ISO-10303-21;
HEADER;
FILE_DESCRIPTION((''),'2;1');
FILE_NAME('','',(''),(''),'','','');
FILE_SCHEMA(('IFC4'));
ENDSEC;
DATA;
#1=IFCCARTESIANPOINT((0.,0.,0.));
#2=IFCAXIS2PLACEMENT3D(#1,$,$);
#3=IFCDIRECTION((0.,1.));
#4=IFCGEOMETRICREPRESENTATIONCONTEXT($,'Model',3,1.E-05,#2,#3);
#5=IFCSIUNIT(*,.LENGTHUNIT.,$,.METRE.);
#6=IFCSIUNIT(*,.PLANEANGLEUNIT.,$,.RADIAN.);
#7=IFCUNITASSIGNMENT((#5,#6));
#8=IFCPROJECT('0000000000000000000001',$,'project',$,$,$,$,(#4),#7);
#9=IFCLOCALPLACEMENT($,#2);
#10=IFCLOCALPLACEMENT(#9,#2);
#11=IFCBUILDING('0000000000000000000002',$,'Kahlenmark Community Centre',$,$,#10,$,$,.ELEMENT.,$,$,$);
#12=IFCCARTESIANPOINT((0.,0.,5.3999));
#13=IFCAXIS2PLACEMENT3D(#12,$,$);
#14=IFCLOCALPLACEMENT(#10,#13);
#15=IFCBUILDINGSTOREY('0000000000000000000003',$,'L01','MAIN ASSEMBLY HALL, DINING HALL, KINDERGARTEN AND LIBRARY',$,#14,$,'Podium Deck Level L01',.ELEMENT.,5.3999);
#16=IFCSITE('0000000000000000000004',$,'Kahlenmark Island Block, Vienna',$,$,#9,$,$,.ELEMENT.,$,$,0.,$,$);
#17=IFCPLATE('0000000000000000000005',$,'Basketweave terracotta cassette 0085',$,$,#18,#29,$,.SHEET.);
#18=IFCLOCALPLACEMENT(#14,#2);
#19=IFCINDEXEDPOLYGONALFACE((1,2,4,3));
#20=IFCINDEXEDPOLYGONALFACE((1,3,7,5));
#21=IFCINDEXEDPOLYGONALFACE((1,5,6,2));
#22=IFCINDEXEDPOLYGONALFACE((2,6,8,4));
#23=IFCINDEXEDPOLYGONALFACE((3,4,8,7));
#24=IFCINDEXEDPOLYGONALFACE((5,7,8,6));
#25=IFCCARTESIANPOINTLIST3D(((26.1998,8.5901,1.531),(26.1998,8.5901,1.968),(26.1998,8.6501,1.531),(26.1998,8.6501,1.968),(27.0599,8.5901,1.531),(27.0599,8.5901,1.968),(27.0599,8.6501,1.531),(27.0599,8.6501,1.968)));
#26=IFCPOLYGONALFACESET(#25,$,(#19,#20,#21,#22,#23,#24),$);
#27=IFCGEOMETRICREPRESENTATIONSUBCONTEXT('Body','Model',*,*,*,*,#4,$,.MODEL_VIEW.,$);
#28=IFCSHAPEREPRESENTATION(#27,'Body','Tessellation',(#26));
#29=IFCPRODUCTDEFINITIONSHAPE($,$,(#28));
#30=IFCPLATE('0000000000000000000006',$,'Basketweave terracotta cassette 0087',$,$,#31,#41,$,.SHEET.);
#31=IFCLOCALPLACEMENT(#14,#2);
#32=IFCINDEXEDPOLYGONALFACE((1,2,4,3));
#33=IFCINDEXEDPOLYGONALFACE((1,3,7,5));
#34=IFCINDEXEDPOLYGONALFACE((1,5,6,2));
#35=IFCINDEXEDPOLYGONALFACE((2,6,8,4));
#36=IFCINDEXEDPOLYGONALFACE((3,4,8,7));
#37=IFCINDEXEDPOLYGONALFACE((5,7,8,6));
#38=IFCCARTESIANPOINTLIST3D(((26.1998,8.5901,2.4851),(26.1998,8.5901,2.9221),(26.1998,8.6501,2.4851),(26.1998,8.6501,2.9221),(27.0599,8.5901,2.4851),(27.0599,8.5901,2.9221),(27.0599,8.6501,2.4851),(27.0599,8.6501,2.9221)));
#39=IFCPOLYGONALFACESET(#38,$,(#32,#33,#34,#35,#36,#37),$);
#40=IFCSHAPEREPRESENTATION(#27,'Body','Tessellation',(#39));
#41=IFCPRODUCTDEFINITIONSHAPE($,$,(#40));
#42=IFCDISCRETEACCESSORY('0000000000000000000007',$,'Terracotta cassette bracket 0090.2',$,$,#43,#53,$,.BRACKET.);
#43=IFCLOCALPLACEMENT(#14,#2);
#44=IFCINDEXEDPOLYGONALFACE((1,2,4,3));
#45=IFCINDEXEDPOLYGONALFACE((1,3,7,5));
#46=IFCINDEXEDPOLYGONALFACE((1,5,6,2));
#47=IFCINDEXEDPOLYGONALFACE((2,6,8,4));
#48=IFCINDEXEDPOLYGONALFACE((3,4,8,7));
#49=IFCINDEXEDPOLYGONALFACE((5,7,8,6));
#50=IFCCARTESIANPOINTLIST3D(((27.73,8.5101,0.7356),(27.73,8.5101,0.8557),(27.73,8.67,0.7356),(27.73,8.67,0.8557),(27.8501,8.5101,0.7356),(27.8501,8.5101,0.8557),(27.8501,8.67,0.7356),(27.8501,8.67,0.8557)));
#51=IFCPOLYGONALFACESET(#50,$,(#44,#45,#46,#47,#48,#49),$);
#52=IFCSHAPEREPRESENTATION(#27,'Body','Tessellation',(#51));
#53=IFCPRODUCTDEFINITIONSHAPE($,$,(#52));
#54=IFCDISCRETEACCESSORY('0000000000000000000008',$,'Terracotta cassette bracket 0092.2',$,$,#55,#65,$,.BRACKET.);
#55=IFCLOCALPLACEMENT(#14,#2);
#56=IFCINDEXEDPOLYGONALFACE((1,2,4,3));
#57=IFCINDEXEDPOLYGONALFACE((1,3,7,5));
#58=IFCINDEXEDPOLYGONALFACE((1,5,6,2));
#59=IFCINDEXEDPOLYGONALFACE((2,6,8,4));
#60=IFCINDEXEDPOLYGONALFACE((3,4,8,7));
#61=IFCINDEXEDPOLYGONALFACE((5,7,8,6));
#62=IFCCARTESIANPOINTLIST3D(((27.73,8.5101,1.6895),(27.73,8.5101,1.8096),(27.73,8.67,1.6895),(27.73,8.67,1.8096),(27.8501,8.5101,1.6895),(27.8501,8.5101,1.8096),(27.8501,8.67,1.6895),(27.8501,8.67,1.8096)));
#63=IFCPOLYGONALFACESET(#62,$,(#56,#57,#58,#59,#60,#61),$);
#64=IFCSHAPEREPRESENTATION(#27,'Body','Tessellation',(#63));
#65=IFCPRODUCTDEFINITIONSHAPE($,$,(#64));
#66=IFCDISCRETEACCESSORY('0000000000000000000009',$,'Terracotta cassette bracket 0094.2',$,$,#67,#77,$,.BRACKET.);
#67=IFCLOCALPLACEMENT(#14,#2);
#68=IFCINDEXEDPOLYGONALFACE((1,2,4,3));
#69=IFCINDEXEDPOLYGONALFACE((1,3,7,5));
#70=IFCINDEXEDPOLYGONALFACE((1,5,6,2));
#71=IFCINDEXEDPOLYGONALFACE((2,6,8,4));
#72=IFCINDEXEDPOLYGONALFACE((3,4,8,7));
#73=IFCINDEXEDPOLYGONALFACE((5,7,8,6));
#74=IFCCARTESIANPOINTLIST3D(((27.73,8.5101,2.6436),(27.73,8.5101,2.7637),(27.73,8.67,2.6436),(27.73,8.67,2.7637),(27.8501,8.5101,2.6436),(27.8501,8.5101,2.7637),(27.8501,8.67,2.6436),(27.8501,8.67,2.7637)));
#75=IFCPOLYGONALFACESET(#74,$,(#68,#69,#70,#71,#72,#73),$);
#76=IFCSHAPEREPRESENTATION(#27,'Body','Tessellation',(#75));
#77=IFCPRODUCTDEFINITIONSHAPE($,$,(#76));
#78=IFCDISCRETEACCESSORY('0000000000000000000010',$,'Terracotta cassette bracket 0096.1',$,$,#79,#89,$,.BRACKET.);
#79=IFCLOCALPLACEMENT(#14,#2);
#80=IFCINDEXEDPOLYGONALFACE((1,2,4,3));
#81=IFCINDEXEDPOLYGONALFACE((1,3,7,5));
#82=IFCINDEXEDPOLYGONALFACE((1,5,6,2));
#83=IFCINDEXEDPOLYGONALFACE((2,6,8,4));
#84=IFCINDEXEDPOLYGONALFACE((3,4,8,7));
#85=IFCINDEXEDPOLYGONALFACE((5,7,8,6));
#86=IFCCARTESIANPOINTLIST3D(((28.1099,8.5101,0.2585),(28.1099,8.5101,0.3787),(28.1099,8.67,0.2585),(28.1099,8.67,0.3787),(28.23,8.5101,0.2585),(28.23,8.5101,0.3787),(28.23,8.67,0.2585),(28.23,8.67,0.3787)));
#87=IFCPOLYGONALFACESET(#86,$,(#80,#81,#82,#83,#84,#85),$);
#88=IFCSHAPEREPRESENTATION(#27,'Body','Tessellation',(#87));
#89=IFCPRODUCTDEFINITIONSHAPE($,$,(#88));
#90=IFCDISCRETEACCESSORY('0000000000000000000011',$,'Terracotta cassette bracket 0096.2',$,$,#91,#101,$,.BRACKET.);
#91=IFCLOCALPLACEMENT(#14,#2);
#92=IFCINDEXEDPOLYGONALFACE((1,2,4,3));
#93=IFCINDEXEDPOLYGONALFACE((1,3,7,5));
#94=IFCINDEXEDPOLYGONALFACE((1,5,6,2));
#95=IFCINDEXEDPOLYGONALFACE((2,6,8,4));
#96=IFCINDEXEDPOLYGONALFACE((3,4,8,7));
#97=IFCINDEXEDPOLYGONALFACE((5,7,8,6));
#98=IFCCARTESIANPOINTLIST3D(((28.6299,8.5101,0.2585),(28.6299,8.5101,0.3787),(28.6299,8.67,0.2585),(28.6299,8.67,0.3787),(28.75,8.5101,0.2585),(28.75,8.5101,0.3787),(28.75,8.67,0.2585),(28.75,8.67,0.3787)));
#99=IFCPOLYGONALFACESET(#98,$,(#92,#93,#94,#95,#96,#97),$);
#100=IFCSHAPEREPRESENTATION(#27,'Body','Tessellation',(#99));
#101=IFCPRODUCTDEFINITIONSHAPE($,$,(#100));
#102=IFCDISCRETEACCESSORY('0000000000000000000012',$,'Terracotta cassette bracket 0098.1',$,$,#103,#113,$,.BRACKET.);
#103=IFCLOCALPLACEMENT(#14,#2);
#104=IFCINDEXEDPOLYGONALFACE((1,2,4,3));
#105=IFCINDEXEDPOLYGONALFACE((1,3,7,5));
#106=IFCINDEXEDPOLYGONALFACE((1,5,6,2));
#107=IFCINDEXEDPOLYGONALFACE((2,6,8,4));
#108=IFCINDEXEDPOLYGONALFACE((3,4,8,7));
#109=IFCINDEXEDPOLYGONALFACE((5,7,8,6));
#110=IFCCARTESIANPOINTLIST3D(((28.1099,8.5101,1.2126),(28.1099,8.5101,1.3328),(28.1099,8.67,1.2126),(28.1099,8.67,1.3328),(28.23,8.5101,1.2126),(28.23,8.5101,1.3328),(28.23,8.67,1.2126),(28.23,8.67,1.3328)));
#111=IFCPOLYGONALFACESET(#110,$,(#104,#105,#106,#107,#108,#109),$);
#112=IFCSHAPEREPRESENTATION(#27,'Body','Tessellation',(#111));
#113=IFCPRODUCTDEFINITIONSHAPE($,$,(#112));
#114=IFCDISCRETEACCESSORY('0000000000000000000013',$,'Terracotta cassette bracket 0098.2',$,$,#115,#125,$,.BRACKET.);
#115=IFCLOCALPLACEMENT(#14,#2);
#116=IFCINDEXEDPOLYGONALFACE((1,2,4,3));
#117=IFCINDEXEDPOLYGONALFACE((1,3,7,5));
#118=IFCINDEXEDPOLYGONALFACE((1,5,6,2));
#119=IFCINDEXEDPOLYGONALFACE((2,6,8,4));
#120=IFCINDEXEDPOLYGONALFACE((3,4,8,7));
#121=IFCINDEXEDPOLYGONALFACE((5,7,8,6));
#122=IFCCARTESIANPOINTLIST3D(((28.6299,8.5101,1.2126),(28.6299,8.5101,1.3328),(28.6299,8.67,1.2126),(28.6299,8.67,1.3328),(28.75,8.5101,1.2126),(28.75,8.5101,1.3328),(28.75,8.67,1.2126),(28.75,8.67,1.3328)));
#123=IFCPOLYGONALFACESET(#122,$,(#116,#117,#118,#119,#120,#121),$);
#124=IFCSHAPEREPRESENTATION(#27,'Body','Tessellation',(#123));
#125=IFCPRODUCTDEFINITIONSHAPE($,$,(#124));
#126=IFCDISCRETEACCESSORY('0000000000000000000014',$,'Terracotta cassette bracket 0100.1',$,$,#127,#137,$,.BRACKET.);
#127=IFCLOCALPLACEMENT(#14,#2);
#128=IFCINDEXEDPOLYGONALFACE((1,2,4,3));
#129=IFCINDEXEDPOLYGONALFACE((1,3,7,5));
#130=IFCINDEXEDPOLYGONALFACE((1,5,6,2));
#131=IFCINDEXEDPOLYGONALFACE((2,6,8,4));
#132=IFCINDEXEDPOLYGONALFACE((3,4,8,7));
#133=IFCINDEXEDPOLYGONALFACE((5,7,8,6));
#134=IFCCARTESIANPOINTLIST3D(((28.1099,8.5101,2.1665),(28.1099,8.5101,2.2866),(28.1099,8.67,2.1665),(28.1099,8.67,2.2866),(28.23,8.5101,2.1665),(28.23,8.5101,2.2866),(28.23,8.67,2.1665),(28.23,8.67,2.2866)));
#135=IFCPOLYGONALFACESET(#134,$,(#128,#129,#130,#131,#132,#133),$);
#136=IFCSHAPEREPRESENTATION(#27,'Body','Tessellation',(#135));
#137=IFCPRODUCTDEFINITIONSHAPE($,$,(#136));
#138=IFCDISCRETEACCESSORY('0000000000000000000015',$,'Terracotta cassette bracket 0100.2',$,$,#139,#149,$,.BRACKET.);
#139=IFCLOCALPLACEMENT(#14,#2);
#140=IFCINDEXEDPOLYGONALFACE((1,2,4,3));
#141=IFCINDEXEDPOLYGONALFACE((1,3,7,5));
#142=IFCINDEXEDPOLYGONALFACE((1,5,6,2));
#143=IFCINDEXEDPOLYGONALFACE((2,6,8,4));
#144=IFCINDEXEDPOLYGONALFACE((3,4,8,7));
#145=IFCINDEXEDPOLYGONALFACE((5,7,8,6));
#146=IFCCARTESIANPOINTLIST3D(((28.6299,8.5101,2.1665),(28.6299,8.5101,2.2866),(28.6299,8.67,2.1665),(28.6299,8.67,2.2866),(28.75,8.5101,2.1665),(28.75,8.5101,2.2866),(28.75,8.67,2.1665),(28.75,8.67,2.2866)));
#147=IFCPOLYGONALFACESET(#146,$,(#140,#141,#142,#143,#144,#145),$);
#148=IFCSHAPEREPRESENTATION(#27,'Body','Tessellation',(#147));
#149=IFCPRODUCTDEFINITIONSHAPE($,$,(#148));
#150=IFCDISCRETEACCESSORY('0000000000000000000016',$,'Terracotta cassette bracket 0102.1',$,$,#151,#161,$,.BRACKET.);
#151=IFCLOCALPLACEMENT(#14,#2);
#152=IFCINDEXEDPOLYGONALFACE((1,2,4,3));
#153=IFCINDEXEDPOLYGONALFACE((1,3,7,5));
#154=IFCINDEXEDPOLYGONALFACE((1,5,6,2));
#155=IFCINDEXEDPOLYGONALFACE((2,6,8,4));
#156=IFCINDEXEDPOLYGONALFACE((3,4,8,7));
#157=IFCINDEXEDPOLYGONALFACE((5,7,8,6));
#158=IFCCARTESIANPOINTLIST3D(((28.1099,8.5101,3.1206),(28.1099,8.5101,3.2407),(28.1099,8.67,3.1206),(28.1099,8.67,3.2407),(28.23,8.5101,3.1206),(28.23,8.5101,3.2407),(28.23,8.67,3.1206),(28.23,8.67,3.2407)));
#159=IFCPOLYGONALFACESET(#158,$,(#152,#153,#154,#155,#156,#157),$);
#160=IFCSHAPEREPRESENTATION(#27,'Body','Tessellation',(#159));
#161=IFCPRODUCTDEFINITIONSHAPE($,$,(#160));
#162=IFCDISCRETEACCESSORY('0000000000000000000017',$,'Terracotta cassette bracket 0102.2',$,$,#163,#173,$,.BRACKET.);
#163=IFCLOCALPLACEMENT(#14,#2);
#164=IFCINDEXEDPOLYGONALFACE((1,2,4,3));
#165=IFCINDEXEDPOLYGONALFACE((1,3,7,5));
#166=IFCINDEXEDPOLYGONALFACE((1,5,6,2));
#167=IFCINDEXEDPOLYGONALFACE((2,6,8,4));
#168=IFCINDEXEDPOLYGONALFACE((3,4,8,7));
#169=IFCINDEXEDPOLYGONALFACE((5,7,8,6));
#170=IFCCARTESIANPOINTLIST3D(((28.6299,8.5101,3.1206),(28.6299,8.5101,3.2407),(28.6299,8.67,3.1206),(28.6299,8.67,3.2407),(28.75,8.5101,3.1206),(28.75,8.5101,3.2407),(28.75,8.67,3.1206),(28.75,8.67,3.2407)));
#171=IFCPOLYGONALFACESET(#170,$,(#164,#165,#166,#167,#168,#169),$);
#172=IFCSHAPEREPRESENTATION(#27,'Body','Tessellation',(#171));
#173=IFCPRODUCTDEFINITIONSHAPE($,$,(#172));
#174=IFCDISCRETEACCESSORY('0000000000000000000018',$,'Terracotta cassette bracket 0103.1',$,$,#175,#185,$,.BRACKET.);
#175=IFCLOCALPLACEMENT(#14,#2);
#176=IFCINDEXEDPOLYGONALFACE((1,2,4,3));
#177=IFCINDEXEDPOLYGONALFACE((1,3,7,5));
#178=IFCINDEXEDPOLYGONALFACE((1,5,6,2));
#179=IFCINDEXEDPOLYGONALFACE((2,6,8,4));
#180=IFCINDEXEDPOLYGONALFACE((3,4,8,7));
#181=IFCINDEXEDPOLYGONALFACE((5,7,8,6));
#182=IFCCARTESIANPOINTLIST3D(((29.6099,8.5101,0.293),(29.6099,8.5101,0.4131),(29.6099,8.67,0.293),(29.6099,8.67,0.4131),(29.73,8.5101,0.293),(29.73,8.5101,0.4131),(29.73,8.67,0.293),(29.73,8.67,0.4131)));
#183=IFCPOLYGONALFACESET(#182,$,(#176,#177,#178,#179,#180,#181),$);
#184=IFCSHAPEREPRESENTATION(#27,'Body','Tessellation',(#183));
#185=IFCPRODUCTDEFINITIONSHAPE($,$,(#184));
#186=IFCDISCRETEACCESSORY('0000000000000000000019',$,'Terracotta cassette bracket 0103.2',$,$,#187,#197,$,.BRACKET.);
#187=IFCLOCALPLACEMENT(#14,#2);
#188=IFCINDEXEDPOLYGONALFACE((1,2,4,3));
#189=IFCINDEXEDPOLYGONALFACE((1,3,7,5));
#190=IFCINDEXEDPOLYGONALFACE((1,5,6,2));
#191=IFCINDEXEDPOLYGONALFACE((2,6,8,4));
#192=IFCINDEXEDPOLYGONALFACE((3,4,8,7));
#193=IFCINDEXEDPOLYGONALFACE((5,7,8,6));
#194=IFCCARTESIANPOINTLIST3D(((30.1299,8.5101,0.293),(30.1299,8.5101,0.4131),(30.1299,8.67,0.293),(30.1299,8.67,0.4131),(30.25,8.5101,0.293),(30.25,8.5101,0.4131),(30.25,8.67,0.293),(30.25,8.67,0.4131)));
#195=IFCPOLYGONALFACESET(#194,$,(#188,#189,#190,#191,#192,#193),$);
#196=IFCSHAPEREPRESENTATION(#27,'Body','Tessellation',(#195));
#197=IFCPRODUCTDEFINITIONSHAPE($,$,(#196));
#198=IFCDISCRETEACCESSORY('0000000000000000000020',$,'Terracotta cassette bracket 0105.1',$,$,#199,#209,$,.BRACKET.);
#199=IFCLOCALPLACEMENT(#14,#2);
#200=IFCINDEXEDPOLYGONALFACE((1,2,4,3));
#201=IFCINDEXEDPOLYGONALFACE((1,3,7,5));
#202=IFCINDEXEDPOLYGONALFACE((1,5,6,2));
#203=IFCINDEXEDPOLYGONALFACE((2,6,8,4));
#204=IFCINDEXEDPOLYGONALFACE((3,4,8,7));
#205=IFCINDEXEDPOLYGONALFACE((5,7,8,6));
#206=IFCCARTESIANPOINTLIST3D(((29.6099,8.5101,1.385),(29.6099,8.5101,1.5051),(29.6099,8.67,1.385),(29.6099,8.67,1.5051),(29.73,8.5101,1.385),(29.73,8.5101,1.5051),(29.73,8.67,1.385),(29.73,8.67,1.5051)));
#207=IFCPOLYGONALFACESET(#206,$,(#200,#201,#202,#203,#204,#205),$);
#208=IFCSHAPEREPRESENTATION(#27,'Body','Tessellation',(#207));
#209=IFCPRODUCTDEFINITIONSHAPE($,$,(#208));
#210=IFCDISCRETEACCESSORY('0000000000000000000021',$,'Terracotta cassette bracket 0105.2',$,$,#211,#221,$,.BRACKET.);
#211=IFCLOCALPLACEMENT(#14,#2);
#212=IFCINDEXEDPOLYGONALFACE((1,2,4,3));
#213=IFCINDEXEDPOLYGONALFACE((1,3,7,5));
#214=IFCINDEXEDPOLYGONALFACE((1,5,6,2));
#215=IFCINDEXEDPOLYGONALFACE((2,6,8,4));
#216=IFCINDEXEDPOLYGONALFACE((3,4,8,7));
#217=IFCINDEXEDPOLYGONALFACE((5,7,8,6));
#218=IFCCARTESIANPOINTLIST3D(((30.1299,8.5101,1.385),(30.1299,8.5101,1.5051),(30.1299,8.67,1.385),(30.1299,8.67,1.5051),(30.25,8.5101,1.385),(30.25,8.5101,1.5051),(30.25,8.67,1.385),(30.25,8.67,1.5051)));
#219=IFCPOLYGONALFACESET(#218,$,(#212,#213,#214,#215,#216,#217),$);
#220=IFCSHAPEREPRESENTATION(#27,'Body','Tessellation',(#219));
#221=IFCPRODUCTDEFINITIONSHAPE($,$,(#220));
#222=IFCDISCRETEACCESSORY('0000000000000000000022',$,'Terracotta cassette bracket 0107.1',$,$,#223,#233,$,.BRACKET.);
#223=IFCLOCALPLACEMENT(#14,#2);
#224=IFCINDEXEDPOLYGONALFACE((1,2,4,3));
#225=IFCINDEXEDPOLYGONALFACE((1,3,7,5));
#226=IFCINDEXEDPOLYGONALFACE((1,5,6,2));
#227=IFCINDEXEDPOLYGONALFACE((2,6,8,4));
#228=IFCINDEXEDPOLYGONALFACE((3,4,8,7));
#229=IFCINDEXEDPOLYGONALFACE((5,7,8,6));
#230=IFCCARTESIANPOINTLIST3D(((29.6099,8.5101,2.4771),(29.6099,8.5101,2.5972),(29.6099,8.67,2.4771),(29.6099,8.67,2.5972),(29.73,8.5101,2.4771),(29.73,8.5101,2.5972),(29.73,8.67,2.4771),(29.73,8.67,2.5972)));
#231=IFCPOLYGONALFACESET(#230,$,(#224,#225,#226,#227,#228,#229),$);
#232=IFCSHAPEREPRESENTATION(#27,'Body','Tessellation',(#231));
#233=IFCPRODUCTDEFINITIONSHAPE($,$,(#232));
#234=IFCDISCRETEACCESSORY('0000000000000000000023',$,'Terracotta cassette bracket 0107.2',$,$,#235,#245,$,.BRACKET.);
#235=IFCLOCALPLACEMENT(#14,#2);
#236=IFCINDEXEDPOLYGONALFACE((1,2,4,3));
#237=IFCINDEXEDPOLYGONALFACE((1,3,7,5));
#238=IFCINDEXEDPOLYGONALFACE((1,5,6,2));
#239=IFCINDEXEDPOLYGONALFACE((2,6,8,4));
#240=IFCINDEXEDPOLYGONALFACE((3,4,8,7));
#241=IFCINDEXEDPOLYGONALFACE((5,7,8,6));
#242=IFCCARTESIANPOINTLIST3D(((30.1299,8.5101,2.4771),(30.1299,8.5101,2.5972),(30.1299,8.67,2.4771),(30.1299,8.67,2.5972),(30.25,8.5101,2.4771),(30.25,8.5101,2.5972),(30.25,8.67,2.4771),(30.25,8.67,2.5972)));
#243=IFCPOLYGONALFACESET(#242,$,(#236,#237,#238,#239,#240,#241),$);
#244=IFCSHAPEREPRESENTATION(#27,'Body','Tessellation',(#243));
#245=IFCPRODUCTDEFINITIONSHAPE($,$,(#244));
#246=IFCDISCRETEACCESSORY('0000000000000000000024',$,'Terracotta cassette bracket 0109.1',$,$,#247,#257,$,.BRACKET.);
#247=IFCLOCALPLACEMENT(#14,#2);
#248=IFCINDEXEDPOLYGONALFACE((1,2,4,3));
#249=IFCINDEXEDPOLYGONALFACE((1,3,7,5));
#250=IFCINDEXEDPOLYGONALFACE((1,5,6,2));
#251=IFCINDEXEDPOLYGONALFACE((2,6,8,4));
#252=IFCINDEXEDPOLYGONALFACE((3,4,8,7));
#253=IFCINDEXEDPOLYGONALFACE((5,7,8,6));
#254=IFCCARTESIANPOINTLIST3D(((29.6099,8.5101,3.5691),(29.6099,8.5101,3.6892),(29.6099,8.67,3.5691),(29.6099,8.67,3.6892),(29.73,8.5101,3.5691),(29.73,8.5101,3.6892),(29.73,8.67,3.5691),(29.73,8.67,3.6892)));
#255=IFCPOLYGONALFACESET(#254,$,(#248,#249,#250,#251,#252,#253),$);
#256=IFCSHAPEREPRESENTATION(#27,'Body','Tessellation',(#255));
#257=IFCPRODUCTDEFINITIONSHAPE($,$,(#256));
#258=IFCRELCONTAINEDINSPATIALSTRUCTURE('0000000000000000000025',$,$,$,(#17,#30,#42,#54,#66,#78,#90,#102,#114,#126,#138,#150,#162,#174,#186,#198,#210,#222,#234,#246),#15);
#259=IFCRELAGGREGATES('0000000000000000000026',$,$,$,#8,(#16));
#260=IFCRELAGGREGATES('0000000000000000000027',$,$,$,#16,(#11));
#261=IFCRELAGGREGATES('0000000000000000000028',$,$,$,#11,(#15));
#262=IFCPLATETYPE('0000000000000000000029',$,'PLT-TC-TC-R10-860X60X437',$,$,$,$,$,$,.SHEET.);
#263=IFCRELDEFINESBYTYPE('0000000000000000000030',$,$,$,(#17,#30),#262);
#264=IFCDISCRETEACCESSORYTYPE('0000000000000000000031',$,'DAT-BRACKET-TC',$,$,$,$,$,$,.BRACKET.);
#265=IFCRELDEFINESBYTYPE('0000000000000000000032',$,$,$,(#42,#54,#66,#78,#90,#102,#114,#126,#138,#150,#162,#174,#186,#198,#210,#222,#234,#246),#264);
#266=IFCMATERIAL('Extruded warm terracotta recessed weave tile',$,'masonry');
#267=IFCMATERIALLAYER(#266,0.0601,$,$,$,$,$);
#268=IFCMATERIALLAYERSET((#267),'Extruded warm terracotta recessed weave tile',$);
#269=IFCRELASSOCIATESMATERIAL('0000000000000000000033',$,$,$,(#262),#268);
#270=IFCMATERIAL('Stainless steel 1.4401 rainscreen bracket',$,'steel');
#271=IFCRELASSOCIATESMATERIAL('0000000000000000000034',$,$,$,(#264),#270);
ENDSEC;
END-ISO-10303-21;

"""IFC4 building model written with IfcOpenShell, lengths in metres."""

from ifc_helpers import new_model, si_unit, direction, frame, origin, origin_2d, place, context, subcontext, project, spatial, rectangle, extrude, material, layer, layer_set, type_object, element, save


model = new_model("IFC4")

# Units and contexts
model_context = context("Model", 3, precision=1e-05, world=origin(), true_north=direction((0.0, 1.0)))
body_context = subcontext(model_context, "Body", "Model", "MODEL_VIEW")
ifc_project = project(units=[si_unit("LENGTHUNIT", "METRE"), si_unit("PLANEANGLEUNIT", "RADIAN")], contexts=[model_context])

# Site, building, storey
site_placement = place(None, origin())
site = spatial("IfcSite", under=ifc_project, at=site_placement, Name="Kahlenmark Island Block, Vienna", CompositionType="ELEMENT", RefElevation=0.0)
building_placement = place(site_placement, origin())
building = spatial("IfcBuilding", under=site, at=building_placement, Name="Kahlenmark Community Centre", CompositionType="ELEMENT")
storey_placement = place(building_placement, frame((0.0, 0.0, 5.3999)))
storey = spatial("IfcBuildingStorey", under=building, at=storey_placement, Name="L01", Description="MAIN ASSEMBLY HALL, DINING HALL, KINDERGARTEN AND LIBRARY", LongName="Podium Deck Level L01", CompositionType="ELEMENT", Elevation=5.3999)

# Plates
ifc_material_1 = material(Name="Extruded warm terracotta recessed weave tile", Category="masonry")
ifc_layer = layer(ifc_material_1, 0.0601)
ifc_layer_set = layer_set([ifc_layer], Name="Extruded warm terracotta recessed weave tile")
plate_type = type_object("IfcPlateType", Name="PLT-TC-TC-R10-860X60X437", PredefinedType="SHEET", material=ifc_layer_set)
for number, where, z_axis, x_axis, name in (
    (1, (26.6299, 8.6201, 1.531), (0.0, 0.0, 1.0), (1.0, 0.0, 0.0), "Basketweave terracotta cassette 0085"),
    (2, (26.6299, 8.6201, 2.4851), (0.0, 0.0, 1.0), (1.0, 0.0, 0.0), "Basketweave terracotta cassette 0087"),
):
    element("IfcPlate", number, at=place(storey_placement, frame(where, z_axis=z_axis, x_axis=x_axis)), inside=storey, type_object=plate_type, Name=name, PredefinedType="SHEET", context=body_context, shape_type="SweptSolid", body=[
        extrude(rectangle(XDim=0.8601, YDim=0.0601, at=origin_2d()), origin(), (0.0, 0.0, 1.0), 0.437),
    ])

# Discrete accessories
ifc_material_2 = material(Name="Stainless steel 1.4401 rainscreen bracket", Category="steel")
discrete_accessory_type = type_object("IfcDiscreteAccessoryType", Name="DAT-BRACKET-TC", PredefinedType="BRACKET", material=ifc_material_2)
for number, where, z_axis, x_axis, name in (
    (3, (27.79, 8.5901, 0.7356), (0.0, 0.0, 1.0), (1.0, 0.0, 0.0), "Terracotta cassette bracket 0090.2"),
    (4, (27.79, 8.5901, 1.6895), (0.0, 0.0, 1.0), (1.0, 0.0, 0.0), "Terracotta cassette bracket 0092.2"),
    (5, (27.79, 8.5901, 2.6436), (0.0, 0.0, 1.0), (1.0, 0.0, 0.0), "Terracotta cassette bracket 0094.2"),
    (6, (28.1699, 8.5901, 0.2585), (0.0, 0.0, 1.0), (1.0, 0.0, 0.0), "Terracotta cassette bracket 0096.1"),
    (7, (28.6899, 8.5901, 0.2585), (0.0, 0.0, 1.0), (1.0, 0.0, 0.0), "Terracotta cassette bracket 0096.2"),
    (8, (28.1699, 8.5901, 1.2126), (0.0, 0.0, 1.0), (1.0, 0.0, 0.0), "Terracotta cassette bracket 0098.1"),
    (9, (28.6899, 8.5901, 1.2126), (0.0, 0.0, 1.0), (1.0, 0.0, 0.0), "Terracotta cassette bracket 0098.2"),
    (10, (28.1699, 8.5901, 2.1665), (0.0, 0.0, 1.0), (1.0, 0.0, 0.0), "Terracotta cassette bracket 0100.1"),
    (11, (28.6899, 8.5901, 2.1665), (0.0, 0.0, 1.0), (1.0, 0.0, 0.0), "Terracotta cassette bracket 0100.2"),
    (12, (28.1699, 8.5901, 3.1206), (0.0, 0.0, 1.0), (1.0, 0.0, 0.0), "Terracotta cassette bracket 0102.1"),
    (13, (28.6899, 8.5901, 3.1206), (0.0, 0.0, 1.0), (1.0, 0.0, 0.0), "Terracotta cassette bracket 0102.2"),
    (14, (29.6699, 8.5901, 0.293), (0.0, 0.0, 1.0), (1.0, 0.0, 0.0), "Terracotta cassette bracket 0103.1"),
    (15, (30.1899, 8.5901, 0.293), (0.0, 0.0, 1.0), (1.0, 0.0, 0.0), "Terracotta cassette bracket 0103.2"),
    (16, (29.6699, 8.5901, 1.385), (0.0, 0.0, 1.0), (1.0, 0.0, 0.0), "Terracotta cassette bracket 0105.1"),
    (17, (30.1899, 8.5901, 1.385), (0.0, 0.0, 1.0), (1.0, 0.0, 0.0), "Terracotta cassette bracket 0105.2"),
    (18, (29.6699, 8.5901, 2.4771), (0.0, 0.0, 1.0), (1.0, 0.0, 0.0), "Terracotta cassette bracket 0107.1"),
    (19, (30.1899, 8.5901, 2.4771), (0.0, 0.0, 1.0), (1.0, 0.0, 0.0), "Terracotta cassette bracket 0107.2"),
    (20, (29.6699, 8.5901, 3.5691), (0.0, 0.0, 1.0), (1.0, 0.0, 0.0), "Terracotta cassette bracket 0109.1"),
):
    element("IfcDiscreteAccessory", number, at=place(storey_placement, frame(where, z_axis=z_axis, x_axis=x_axis)), inside=storey, type_object=discrete_accessory_type, Name=name, PredefinedType="BRACKET", context=body_context, shape_type="SweptSolid", body=[
        extrude(rectangle(XDim=0.1201, YDim=0.1599, at=origin_2d()), origin(), (0.0, 0.0, 1.0), 0.1201),
    ])

save(model, "model.ifc")
